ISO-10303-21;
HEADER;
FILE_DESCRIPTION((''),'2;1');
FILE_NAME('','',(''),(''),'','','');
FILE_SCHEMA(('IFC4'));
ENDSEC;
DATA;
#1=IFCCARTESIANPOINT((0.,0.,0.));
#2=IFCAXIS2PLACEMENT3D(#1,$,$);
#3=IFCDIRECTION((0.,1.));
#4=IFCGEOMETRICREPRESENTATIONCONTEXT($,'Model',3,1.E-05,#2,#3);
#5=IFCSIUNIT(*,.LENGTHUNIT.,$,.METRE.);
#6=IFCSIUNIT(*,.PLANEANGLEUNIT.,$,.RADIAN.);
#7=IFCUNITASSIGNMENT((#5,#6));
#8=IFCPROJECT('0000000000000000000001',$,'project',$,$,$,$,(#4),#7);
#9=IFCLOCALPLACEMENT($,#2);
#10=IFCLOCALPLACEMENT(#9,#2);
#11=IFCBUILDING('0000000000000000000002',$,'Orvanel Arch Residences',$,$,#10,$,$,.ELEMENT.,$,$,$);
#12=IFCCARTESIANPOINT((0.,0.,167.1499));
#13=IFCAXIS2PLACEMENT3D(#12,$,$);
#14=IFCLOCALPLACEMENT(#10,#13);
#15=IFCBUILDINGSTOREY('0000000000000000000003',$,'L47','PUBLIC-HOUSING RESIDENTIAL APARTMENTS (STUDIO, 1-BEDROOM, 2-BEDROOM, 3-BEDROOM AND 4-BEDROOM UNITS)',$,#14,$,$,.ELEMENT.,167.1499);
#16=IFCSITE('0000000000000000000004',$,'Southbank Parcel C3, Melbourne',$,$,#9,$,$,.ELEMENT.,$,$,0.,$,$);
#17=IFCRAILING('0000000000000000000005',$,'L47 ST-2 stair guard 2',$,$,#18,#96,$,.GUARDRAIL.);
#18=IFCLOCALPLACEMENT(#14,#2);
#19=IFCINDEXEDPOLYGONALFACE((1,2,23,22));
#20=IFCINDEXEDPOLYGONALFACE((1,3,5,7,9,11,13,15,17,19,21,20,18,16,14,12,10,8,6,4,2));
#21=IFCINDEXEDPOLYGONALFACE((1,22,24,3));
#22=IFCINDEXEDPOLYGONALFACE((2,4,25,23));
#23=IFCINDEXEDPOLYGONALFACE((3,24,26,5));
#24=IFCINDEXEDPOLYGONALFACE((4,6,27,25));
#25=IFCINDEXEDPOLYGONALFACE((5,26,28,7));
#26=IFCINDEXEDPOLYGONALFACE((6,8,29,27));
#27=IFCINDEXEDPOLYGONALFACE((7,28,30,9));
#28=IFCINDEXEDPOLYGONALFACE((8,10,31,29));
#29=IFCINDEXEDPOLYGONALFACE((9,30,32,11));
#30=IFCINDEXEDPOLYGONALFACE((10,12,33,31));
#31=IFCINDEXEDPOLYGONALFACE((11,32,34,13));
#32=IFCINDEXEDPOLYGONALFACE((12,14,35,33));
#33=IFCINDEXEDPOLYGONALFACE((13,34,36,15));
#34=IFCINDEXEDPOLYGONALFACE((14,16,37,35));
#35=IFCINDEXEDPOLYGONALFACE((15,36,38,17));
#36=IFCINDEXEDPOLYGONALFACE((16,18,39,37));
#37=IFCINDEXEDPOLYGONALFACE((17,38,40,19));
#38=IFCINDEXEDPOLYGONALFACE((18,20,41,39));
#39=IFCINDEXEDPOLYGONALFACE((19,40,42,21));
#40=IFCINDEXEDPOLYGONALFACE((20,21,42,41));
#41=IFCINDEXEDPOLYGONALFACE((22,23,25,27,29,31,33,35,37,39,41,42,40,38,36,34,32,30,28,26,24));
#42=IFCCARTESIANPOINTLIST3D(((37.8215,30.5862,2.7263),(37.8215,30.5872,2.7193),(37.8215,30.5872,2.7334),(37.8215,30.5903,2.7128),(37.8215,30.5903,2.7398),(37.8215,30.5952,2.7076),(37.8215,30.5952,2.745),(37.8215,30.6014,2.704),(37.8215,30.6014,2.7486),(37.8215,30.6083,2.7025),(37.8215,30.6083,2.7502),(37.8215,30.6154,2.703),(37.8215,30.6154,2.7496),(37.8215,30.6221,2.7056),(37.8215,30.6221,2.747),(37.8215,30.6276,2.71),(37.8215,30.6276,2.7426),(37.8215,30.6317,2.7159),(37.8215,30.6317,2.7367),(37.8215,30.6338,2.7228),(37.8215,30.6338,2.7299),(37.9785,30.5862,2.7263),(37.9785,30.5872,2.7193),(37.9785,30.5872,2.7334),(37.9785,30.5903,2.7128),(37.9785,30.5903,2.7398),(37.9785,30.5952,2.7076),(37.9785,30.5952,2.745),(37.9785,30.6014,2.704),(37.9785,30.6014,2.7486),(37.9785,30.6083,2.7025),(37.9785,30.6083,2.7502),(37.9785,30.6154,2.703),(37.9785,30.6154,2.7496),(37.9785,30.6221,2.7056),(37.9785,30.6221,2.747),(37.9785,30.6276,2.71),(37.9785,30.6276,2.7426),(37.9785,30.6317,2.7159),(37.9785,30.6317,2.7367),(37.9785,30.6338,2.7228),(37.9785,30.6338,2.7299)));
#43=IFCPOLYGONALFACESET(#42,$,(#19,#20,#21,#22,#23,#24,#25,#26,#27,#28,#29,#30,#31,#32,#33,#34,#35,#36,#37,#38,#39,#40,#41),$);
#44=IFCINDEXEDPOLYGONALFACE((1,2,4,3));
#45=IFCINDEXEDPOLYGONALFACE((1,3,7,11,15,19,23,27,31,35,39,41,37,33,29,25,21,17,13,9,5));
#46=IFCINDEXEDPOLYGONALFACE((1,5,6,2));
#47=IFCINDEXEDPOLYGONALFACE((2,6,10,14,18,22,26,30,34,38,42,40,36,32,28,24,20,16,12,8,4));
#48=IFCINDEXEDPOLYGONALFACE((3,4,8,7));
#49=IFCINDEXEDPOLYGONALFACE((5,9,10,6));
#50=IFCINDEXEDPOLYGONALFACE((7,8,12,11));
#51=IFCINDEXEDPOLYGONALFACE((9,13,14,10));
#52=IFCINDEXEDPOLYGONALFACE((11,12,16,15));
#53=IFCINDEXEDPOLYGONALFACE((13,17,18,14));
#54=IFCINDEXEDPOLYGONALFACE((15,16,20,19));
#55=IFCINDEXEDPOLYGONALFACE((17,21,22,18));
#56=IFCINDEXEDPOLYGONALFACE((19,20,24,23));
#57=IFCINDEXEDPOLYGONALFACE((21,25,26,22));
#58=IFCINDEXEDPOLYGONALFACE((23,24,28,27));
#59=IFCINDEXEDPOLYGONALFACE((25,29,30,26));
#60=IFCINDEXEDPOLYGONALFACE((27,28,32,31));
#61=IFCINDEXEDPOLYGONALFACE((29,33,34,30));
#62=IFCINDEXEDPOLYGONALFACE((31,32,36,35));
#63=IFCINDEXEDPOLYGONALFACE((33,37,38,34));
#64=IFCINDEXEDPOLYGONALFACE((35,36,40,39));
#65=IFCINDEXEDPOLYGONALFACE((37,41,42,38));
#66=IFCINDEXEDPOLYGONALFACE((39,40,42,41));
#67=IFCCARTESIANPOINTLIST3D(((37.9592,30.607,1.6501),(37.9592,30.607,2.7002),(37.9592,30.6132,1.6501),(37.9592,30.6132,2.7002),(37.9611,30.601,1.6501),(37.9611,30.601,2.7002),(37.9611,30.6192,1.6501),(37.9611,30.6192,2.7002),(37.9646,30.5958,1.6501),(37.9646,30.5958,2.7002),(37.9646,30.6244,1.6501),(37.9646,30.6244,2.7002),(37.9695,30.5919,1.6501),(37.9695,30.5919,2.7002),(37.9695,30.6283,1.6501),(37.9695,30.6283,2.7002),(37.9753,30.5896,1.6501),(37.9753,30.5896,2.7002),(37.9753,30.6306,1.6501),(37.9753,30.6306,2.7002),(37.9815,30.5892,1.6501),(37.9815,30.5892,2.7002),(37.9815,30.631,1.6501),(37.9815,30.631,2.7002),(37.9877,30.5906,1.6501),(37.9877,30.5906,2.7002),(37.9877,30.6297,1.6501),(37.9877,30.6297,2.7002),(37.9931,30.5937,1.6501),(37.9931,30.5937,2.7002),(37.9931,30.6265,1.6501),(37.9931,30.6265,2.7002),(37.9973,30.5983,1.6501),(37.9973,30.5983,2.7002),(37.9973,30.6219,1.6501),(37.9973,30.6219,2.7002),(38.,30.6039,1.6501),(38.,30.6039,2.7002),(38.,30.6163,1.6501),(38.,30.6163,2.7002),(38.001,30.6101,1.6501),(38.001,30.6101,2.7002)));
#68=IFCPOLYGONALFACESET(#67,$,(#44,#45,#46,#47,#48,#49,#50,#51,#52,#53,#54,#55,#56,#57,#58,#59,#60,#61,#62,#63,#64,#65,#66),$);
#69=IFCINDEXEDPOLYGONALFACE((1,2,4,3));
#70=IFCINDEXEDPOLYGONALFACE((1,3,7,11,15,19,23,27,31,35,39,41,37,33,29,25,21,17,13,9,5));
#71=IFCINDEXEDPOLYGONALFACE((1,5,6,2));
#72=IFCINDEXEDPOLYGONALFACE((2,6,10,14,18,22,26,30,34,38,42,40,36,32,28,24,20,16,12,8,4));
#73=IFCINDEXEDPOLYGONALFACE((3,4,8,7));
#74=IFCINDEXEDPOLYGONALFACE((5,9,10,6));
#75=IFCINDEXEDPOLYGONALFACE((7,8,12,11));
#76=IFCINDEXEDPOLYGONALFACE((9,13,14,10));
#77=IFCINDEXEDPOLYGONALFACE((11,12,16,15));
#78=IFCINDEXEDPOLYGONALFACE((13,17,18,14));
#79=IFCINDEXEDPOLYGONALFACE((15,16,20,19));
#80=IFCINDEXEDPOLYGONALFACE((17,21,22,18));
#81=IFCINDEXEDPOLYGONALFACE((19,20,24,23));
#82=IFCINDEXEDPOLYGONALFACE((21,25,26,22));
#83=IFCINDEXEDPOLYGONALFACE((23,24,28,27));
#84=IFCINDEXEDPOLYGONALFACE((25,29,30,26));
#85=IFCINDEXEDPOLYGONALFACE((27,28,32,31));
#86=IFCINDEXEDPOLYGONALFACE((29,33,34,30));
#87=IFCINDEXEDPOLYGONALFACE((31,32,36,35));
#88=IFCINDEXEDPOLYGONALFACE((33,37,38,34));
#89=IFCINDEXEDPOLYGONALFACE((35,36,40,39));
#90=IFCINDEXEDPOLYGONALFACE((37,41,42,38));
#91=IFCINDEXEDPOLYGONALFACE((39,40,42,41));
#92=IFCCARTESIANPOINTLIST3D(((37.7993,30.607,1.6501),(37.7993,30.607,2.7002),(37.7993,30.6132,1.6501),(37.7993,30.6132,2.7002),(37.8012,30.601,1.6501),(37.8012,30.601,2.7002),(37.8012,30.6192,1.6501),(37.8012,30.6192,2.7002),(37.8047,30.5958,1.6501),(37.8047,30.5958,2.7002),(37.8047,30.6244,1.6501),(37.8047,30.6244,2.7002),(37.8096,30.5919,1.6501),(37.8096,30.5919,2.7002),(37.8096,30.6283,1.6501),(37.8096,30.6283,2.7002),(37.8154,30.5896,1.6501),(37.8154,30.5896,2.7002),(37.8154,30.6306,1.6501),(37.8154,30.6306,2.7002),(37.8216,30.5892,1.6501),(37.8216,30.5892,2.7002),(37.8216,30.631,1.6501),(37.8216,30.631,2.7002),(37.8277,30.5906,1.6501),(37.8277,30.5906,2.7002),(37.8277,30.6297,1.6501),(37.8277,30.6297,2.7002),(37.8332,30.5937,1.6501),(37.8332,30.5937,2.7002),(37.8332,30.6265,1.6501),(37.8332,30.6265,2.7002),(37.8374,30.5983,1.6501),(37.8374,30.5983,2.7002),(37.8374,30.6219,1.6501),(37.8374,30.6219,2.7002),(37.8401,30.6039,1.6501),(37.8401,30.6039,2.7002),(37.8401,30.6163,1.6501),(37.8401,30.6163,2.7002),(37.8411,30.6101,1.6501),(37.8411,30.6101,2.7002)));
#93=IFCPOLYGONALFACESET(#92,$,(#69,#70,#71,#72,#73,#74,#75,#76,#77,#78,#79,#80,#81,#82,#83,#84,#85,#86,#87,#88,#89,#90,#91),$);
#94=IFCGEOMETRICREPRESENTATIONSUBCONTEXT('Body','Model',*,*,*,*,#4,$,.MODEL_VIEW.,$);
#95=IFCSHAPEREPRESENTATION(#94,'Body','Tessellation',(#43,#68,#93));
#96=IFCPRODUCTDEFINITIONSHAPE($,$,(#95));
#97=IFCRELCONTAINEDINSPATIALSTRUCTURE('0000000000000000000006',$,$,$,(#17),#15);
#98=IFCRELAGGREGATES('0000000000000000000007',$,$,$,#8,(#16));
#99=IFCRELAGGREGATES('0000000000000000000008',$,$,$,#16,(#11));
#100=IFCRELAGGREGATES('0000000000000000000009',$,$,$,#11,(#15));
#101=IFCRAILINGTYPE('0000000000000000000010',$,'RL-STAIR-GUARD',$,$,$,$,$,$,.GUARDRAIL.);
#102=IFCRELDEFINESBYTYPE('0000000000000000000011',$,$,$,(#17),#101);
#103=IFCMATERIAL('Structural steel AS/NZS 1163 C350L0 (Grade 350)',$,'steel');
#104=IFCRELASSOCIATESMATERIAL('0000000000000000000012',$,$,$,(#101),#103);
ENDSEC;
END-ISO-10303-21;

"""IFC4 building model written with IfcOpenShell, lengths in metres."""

from ifc_helpers import new_model, si_unit, direction, frame, origin, origin_2d, place, context, subcontext, project, spatial, circle, extrude, material, type_object, element, save


model = new_model("IFC4")

# Units and contexts
model_context = context("Model", 3, precision=1e-05, world=origin(), true_north=direction((0.0, 1.0)))
body_context = subcontext(model_context, "Body", "Model", "MODEL_VIEW")
ifc_project = project(units=[si_unit("LENGTHUNIT", "METRE"), si_unit("PLANEANGLEUNIT", "RADIAN")], contexts=[model_context])

# Site, building, storey
site_placement = place(None, origin())
site = spatial("IfcSite", under=ifc_project, at=site_placement, Name="Southbank Parcel C3, Melbourne", CompositionType="ELEMENT", RefElevation=0.0)
building_placement = place(site_placement, origin())
building = spatial("IfcBuilding", under=site, at=building_placement, Name="Orvanel Arch Residences", CompositionType="ELEMENT")
storey_placement = place(building_placement, frame((0.0, 0.0, 167.1499)))
storey = spatial("IfcBuildingStorey", under=building, at=storey_placement, Name="L47", Description="PUBLIC-HOUSING RESIDENTIAL APARTMENTS (STUDIO, 1-BEDROOM, 2-BEDROOM, 3-BEDROOM AND 4-BEDROOM UNITS)", CompositionType="ELEMENT", Elevation=167.1499)

# Railing
ifc_material_1 = material(Name="Structural steel AS/NZS 1163 C350L0 (Grade 350)", Category="steel")
railing_type_1 = type_object("IfcRailingType", Name="RL-STAIR-GUARD", PredefinedType="GUARDRAIL", material=ifc_material_1)
railing_1_placement = place(storey_placement, frame((37.98, 30.6101, 1.6501)))
element("IfcRailing", 1, at=railing_1_placement, inside=storey, type_object=railing_type_1, Name="L47 ST-2 stair guard 2", PredefinedType="GUARDRAIL", context=body_context, shape_type="SweptSolid", body=[
    extrude(circle(Radius=0.0239, at=origin_2d()), frame((-0.0015, 0.0, 1.0762), z_axis=(-1.0, 0.0, 0.0), x_axis=(0.0, -1.0, 0.0)), (0.0, 0.0, 1.0), 0.157),
    extrude(circle(Radius=0.021, at=origin_2d()), origin(), (0.0, 0.0, 1.0), 1.05),
    extrude(circle(Radius=0.021, at=origin_2d()), frame((-0.1599, 0.0, 0.0)), (0.0, 0.0, 1.0), 1.05),
])

save(model, "model.ifc")
